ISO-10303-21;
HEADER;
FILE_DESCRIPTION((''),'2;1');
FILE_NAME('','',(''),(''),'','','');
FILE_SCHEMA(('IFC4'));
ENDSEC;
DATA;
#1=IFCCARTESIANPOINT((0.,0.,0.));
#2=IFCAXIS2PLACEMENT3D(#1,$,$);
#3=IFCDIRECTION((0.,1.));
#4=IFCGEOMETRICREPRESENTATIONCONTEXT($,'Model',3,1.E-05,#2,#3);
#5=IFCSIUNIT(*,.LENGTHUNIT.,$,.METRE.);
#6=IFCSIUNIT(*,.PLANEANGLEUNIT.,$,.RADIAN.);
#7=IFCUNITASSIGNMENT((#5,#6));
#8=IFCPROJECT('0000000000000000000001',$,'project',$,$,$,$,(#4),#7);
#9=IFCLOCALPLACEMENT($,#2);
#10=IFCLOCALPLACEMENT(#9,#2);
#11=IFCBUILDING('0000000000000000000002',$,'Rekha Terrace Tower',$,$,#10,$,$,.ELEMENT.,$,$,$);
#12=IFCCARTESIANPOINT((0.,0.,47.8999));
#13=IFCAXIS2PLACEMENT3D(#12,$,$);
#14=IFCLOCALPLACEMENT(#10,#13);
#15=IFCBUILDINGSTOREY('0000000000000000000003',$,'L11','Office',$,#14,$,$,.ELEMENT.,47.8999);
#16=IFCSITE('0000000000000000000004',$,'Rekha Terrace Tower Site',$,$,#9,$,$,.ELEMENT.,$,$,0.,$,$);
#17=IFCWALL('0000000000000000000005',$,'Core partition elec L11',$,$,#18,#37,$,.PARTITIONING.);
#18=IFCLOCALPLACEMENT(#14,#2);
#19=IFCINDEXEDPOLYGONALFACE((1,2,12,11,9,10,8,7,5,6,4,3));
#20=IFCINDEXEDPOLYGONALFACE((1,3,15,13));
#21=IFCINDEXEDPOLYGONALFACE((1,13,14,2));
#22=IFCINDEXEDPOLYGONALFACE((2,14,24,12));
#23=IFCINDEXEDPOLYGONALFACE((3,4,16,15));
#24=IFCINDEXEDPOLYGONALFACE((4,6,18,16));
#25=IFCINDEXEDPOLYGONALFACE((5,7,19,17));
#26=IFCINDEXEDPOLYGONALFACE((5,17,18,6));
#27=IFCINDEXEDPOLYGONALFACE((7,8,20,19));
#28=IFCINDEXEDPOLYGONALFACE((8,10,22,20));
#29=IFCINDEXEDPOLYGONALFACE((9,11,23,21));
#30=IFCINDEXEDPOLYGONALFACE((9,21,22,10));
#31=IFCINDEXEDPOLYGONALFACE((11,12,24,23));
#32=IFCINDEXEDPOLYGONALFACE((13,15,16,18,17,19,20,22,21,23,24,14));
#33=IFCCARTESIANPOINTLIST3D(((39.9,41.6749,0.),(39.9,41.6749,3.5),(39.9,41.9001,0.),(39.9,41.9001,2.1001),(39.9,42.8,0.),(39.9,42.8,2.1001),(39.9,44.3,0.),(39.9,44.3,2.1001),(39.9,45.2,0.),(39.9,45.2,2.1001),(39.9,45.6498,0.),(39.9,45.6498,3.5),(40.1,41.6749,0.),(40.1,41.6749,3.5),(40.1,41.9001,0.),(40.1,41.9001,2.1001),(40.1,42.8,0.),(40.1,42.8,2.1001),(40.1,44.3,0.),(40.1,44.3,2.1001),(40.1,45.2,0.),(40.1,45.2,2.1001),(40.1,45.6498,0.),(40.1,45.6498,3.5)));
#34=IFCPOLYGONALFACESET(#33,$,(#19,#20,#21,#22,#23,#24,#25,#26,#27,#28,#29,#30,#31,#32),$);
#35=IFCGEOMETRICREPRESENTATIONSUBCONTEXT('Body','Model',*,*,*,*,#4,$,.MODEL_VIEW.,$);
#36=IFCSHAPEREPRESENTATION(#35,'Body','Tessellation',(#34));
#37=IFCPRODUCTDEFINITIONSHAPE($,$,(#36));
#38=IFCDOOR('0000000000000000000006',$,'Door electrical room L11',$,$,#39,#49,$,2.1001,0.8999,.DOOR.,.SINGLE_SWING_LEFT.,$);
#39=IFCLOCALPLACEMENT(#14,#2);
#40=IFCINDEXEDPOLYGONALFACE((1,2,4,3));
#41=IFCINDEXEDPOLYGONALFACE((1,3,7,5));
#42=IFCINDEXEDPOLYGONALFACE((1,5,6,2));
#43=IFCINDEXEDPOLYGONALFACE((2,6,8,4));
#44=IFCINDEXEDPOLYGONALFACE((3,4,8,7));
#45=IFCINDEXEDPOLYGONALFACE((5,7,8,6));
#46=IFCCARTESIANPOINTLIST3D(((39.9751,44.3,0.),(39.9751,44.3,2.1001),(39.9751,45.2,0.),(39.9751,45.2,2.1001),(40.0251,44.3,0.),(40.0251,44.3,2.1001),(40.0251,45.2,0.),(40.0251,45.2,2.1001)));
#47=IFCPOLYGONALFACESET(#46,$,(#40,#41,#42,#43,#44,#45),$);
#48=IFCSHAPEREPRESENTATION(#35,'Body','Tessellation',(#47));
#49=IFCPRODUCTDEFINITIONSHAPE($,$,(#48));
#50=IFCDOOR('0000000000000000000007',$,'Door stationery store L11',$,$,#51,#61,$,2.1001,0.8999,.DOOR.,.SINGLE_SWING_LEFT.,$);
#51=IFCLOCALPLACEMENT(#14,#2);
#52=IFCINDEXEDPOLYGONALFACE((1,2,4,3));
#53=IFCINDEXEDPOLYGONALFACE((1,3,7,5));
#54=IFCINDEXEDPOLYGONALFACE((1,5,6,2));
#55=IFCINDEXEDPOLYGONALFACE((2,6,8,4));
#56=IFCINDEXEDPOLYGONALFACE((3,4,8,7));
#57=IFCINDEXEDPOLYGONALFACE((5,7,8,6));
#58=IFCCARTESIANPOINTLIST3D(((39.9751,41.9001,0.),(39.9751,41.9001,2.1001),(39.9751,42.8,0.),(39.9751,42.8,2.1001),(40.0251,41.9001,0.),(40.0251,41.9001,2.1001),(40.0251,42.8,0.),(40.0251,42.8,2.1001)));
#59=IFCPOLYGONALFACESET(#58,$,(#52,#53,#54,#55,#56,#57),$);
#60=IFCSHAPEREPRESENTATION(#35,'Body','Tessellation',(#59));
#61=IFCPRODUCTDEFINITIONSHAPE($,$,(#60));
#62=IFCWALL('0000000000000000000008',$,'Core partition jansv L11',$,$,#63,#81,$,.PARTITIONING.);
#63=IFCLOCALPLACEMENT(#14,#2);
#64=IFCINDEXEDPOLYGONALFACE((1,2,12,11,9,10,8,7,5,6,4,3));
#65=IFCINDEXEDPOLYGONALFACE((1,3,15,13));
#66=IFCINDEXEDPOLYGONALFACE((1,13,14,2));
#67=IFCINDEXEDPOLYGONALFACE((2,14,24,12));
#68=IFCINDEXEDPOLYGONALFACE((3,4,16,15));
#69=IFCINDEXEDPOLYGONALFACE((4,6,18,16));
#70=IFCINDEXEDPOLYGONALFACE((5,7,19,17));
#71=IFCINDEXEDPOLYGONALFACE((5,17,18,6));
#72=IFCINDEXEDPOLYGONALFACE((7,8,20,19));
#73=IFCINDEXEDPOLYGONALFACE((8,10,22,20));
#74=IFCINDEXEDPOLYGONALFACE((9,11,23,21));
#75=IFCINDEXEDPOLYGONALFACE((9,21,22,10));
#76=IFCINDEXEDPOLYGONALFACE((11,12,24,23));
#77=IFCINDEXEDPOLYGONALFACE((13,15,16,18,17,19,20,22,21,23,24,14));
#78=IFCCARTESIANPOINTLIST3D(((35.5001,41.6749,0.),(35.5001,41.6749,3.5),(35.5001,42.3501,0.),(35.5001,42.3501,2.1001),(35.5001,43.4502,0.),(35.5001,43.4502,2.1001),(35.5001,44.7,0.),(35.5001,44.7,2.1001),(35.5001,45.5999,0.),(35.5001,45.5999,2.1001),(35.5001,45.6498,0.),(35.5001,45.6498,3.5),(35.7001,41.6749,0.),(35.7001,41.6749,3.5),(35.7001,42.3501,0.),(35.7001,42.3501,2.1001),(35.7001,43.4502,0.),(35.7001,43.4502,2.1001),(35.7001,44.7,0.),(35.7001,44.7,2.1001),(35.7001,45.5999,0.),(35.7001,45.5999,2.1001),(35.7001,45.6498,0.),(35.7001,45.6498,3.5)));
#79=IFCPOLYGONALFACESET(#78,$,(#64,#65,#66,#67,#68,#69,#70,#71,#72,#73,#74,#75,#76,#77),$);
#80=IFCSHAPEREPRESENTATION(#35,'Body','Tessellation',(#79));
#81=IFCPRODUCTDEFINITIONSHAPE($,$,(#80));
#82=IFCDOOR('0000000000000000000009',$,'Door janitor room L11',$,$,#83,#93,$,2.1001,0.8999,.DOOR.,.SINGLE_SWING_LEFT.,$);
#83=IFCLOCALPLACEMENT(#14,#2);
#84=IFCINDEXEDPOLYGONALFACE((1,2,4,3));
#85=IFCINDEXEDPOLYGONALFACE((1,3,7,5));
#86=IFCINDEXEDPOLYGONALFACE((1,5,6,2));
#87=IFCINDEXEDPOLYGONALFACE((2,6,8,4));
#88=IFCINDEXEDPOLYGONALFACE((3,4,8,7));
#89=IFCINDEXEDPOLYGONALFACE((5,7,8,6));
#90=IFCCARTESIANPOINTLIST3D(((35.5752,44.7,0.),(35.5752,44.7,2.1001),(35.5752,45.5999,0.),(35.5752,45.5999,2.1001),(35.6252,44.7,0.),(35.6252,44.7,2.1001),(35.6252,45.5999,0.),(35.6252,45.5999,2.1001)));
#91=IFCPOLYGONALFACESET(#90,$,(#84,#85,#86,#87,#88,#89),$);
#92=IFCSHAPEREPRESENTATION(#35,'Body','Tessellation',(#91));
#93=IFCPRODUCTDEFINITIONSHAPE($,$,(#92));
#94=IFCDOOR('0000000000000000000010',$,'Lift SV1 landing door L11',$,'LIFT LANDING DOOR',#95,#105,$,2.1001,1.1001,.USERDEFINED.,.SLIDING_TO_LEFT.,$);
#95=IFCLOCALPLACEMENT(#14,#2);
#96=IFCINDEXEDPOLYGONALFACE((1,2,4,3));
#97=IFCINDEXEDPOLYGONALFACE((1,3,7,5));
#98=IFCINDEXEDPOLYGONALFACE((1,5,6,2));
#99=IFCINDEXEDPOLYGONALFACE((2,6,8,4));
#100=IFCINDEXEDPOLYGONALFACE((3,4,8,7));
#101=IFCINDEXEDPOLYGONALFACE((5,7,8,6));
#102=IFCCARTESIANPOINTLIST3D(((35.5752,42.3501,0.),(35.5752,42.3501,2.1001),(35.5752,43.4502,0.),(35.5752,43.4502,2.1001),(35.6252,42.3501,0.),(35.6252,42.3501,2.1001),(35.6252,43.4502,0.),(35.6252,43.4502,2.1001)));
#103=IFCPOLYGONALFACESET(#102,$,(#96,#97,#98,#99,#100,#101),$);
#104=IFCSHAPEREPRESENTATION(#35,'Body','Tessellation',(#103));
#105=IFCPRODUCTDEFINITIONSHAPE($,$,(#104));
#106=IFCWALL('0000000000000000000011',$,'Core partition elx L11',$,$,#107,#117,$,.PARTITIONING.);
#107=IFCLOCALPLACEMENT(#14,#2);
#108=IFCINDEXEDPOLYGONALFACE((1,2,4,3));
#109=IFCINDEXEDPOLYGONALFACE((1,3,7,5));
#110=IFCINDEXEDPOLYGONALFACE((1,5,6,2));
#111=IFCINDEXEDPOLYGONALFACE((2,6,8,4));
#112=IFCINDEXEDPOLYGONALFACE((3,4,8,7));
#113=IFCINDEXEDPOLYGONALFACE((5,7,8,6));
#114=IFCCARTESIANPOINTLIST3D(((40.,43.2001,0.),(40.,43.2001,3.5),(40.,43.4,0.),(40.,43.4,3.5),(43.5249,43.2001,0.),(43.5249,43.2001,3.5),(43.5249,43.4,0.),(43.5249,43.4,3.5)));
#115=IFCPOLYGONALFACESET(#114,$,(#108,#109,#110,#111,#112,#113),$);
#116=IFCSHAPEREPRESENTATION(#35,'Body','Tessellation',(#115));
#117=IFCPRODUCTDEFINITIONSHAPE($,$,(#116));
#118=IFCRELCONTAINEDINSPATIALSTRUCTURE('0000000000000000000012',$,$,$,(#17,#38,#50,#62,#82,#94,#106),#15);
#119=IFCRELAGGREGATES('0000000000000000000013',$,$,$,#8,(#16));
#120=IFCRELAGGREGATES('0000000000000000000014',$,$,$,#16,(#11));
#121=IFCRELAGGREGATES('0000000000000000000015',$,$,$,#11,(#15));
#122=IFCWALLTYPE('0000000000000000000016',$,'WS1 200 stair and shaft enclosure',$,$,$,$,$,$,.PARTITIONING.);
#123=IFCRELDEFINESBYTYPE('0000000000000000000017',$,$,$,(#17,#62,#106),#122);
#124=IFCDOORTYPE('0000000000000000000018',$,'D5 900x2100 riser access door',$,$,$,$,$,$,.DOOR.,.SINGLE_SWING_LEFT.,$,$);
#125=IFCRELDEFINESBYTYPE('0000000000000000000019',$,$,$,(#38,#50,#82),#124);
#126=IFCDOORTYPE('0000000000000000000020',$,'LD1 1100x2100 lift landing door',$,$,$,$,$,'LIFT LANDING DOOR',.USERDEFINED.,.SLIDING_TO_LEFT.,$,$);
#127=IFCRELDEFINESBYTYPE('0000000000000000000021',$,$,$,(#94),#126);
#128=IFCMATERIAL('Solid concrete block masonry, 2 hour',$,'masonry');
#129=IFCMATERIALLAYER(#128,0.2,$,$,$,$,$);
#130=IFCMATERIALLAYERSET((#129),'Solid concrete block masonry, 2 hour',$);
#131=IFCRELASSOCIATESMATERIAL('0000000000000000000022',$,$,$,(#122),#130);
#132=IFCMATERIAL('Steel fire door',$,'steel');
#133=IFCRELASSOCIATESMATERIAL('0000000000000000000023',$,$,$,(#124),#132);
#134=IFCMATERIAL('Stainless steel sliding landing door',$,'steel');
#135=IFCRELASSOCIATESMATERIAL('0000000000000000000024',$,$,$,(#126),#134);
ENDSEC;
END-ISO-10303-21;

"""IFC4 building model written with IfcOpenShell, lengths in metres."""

from ifc_helpers import new_model, si_unit, direction, frame, frame_2d, origin, place, context, subcontext, project, spatial, rectangle, extrude, material, layer, layer_set, type_object, element, fill, save


model = new_model("IFC4")

# Units and contexts
model_context = context("Model", 3, precision=1e-05, world=origin(), true_north=direction((0.0, 1.0)))
body_context = subcontext(model_context, "Body", "Model", "MODEL_VIEW")
ifc_project = project(units=[si_unit("LENGTHUNIT", "METRE"), si_unit("PLANEANGLEUNIT", "RADIAN")], contexts=[model_context])

# Site, building, storey
site_placement = place(None, origin())
site = spatial("IfcSite", under=ifc_project, at=site_placement, Name="Rekha Terrace Tower Site", CompositionType="ELEMENT", RefElevation=0.0)
building_placement = place(site_placement, origin())
building = spatial("IfcBuilding", under=site, at=building_placement, Name="Rekha Terrace Tower", CompositionType="ELEMENT")
storey_placement = place(building_placement, frame((0.0, 0.0, 47.8999)))
storey = spatial("IfcBuildingStorey", under=building, at=storey_placement, Name="L11", Description="Office", CompositionType="ELEMENT", Elevation=47.8999)

# Shared definitions
ifc_material_1 = material(Name="Stainless steel sliding landing door", Category="steel")
ifc_material_2 = material(Name="Steel fire door", Category="steel")

# Shared definitions
ifc_material_3 = material(Name="Solid concrete block masonry, 2 hour", Category="masonry")
ifc_layer_1 = layer(ifc_material_3, 0.2)
ifc_layer_set_1 = layer_set([ifc_layer_1], Name="Solid concrete block masonry, 2 hour")
wall_type_1 = type_object("IfcWallType", Name="WS1 200 stair and shaft enclosure", PredefinedType="PARTITIONING", material=ifc_layer_set_1)

# Walls, openings, doors
wall_1_placement = place(storey_placement, frame((40.0, 41.675, 0.0), z_axis=(0.0, 0.0, 1.0), x_axis=(0.0, 1.0, 0.0)))
wall_1 = element("IfcWall", 1, at=wall_1_placement, inside=storey, type_object=wall_type_1, Name="Core partition elec L11", PredefinedType="PARTITIONING", context=body_context, shape_type="SweptSolid", body=[
    extrude(rectangle(XDim=3.9749, YDim=0.2, at=frame_2d((1.9873, 0.0))), origin(), (0.0, 0.0, 1.0), 3.5),
])
opening_1_placement = place(wall_1_placement, frame((2.625, 0.0, 0.0)))
opening_1 = element("IfcOpeningElement", 2, at=opening_1_placement, cuts=wall_1, PredefinedType="OPENING", context=body_context, shape_type="SweptSolid", body=[
    extrude(rectangle(XDim=0.8999, YDim=2.1001, at=frame_2d((0.45, 1.05))), frame((0.0, 0.1099, 0.0), z_axis=(0.0, -1.0, 0.0), x_axis=(1.0, 0.0, 0.0)), (0.0, 0.0, 1.0), 0.22),
])
opening_2_placement = place(wall_1_placement, frame((0.2251, 0.0, 0.0)))
opening_2 = element("IfcOpeningElement", 3, at=opening_2_placement, cuts=wall_1, PredefinedType="OPENING", context=body_context, shape_type="SweptSolid", body=[
    extrude(rectangle(XDim=0.8999, YDim=2.1001, at=frame_2d((0.45, 1.05))), frame((0.0, 0.1099, 0.0), z_axis=(0.0, -1.0, 0.0), x_axis=(1.0, 0.0, 0.0)), (0.0, 0.0, 1.0), 0.22),
])
door_type_1 = type_object("IfcDoorType", Name="D5 900x2100 riser access door", OperationType="SINGLE_SWING_LEFT", PredefinedType="DOOR", material=ifc_material_2)
door_1_placement = place(opening_1_placement, origin())
door_1 = element("IfcDoor", 4, at=door_1_placement, inside=storey, type_object=door_type_1, Name="Door electrical room L11", OperationType="SINGLE_SWING_LEFT", OverallHeight=2.1001, OverallWidth=0.8999, PredefinedType="DOOR", context=body_context, shape_type="SweptSolid", body=[
    extrude(rectangle(XDim=0.8999, YDim=2.1001, at=frame_2d((0.45, 1.05))), frame((0.0, 0.0249, 0.0), z_axis=(0.0, -1.0, 0.0), x_axis=(1.0, 0.0, 0.0)), (0.0, 0.0, 1.0), 0.05),
])
fill(opening_1, door_1)
door_2_placement = place(opening_2_placement, origin())
door_2 = element("IfcDoor", 5, at=door_2_placement, inside=storey, type_object=door_type_1, Name="Door stationery store L11", OperationType="SINGLE_SWING_LEFT", OverallHeight=2.1001, OverallWidth=0.8999, PredefinedType="DOOR", context=body_context, shape_type="SweptSolid", body=[
    extrude(rectangle(XDim=0.8999, YDim=2.1001, at=frame_2d((0.45, 1.05))), frame((0.0, 0.0249, 0.0), z_axis=(0.0, -1.0, 0.0), x_axis=(1.0, 0.0, 0.0)), (0.0, 0.0, 1.0), 0.05),
])
fill(opening_2, door_2)
wall_2_placement = place(storey_placement, frame((35.6001, 41.675, 0.0), z_axis=(0.0, 0.0, 1.0), x_axis=(0.0, 1.0, 0.0)))
wall_2 = element("IfcWall", 6, at=wall_2_placement, inside=storey, type_object=wall_type_1, Name="Core partition jansv L11", PredefinedType="PARTITIONING", context=body_context, shape_type="SweptSolid", body=[
    extrude(rectangle(XDim=3.9749, YDim=0.2, at=frame_2d((1.9873, 0.0))), origin(), (0.0, 0.0, 1.0), 3.5),
])
opening_3_placement = place(wall_2_placement, frame((3.0249, 0.0, 0.0)))
opening_3 = element("IfcOpeningElement", 7, at=opening_3_placement, cuts=wall_2, PredefinedType="OPENING", context=body_context, shape_type="SweptSolid", body=[
    extrude(rectangle(XDim=0.8999, YDim=2.1001, at=frame_2d((0.45, 1.05))), frame((0.0, 0.1099, 0.0), z_axis=(0.0, -1.0, 0.0), x_axis=(1.0, 0.0, 0.0)), (0.0, 0.0, 1.0), 0.22),
])
opening_4_placement = place(wall_2_placement, frame((0.675, 0.0, 0.0)))
opening_4 = element("IfcOpeningElement", 8, at=opening_4_placement, cuts=wall_2, PredefinedType="OPENING", context=body_context, shape_type="SweptSolid", body=[
    extrude(rectangle(XDim=1.1001, YDim=2.1001, at=frame_2d((0.55, 1.05))), frame((0.0, 0.1099, 0.0), z_axis=(0.0, -1.0, 0.0), x_axis=(1.0, 0.0, 0.0)), (0.0, 0.0, 1.0), 0.22),
])
door_3_placement = place(opening_3_placement, origin())
door_3 = element("IfcDoor", 9, at=door_3_placement, inside=storey, type_object=door_type_1, Name="Door janitor room L11", OperationType="SINGLE_SWING_LEFT", OverallHeight=2.1001, OverallWidth=0.8999, PredefinedType="DOOR", context=body_context, shape_type="SweptSolid", body=[
    extrude(rectangle(XDim=0.8999, YDim=2.1001, at=frame_2d((0.45, 1.05))), frame((0.0, 0.0249, 0.0), z_axis=(0.0, -1.0, 0.0), x_axis=(1.0, 0.0, 0.0)), (0.0, 0.0, 1.0), 0.05),
])
fill(opening_3, door_3)
door_type_2 = type_object("IfcDoorType", Name="LD1 1100x2100 lift landing door", ElementType="LIFT LANDING DOOR", OperationType="SLIDING_TO_LEFT", PredefinedType="USERDEFINED", material=ifc_material_1)
door_4_placement = place(opening_4_placement, origin())
door_4 = element("IfcDoor", 10, at=door_4_placement, inside=storey, type_object=door_type_2, Name="Lift SV1 landing door L11", ObjectType="LIFT LANDING DOOR", OperationType="SLIDING_TO_LEFT", OverallHeight=2.1001, OverallWidth=1.1001, PredefinedType="USERDEFINED", context=body_context, shape_type="SweptSolid", body=[
    extrude(rectangle(XDim=1.1001, YDim=2.1001, at=frame_2d((0.55, 1.05))), frame((0.0, 0.0249, 0.0), z_axis=(0.0, -1.0, 0.0), x_axis=(1.0, 0.0, 0.0)), (0.0, 0.0, 1.0), 0.05),
])
fill(opening_4, door_4)

# Wall
wall_3_placement = place(storey_placement, frame((40.0, 43.3, 0.0), z_axis=(0.0, 0.0, 1.0), x_axis=(1.0, 0.0, 0.0)))
element("IfcWall", 11, at=wall_3_placement, inside=storey, type_object=wall_type_1, Name="Core partition elx L11", PredefinedType="PARTITIONING", context=body_context, shape_type="SweptSolid", body=[
    extrude(rectangle(XDim=3.5249, YDim=0.2, at=frame_2d((1.7625, 0.0))), origin(), (0.0, 0.0, 1.0), 3.5),
])

save(model, "model.ifc")
